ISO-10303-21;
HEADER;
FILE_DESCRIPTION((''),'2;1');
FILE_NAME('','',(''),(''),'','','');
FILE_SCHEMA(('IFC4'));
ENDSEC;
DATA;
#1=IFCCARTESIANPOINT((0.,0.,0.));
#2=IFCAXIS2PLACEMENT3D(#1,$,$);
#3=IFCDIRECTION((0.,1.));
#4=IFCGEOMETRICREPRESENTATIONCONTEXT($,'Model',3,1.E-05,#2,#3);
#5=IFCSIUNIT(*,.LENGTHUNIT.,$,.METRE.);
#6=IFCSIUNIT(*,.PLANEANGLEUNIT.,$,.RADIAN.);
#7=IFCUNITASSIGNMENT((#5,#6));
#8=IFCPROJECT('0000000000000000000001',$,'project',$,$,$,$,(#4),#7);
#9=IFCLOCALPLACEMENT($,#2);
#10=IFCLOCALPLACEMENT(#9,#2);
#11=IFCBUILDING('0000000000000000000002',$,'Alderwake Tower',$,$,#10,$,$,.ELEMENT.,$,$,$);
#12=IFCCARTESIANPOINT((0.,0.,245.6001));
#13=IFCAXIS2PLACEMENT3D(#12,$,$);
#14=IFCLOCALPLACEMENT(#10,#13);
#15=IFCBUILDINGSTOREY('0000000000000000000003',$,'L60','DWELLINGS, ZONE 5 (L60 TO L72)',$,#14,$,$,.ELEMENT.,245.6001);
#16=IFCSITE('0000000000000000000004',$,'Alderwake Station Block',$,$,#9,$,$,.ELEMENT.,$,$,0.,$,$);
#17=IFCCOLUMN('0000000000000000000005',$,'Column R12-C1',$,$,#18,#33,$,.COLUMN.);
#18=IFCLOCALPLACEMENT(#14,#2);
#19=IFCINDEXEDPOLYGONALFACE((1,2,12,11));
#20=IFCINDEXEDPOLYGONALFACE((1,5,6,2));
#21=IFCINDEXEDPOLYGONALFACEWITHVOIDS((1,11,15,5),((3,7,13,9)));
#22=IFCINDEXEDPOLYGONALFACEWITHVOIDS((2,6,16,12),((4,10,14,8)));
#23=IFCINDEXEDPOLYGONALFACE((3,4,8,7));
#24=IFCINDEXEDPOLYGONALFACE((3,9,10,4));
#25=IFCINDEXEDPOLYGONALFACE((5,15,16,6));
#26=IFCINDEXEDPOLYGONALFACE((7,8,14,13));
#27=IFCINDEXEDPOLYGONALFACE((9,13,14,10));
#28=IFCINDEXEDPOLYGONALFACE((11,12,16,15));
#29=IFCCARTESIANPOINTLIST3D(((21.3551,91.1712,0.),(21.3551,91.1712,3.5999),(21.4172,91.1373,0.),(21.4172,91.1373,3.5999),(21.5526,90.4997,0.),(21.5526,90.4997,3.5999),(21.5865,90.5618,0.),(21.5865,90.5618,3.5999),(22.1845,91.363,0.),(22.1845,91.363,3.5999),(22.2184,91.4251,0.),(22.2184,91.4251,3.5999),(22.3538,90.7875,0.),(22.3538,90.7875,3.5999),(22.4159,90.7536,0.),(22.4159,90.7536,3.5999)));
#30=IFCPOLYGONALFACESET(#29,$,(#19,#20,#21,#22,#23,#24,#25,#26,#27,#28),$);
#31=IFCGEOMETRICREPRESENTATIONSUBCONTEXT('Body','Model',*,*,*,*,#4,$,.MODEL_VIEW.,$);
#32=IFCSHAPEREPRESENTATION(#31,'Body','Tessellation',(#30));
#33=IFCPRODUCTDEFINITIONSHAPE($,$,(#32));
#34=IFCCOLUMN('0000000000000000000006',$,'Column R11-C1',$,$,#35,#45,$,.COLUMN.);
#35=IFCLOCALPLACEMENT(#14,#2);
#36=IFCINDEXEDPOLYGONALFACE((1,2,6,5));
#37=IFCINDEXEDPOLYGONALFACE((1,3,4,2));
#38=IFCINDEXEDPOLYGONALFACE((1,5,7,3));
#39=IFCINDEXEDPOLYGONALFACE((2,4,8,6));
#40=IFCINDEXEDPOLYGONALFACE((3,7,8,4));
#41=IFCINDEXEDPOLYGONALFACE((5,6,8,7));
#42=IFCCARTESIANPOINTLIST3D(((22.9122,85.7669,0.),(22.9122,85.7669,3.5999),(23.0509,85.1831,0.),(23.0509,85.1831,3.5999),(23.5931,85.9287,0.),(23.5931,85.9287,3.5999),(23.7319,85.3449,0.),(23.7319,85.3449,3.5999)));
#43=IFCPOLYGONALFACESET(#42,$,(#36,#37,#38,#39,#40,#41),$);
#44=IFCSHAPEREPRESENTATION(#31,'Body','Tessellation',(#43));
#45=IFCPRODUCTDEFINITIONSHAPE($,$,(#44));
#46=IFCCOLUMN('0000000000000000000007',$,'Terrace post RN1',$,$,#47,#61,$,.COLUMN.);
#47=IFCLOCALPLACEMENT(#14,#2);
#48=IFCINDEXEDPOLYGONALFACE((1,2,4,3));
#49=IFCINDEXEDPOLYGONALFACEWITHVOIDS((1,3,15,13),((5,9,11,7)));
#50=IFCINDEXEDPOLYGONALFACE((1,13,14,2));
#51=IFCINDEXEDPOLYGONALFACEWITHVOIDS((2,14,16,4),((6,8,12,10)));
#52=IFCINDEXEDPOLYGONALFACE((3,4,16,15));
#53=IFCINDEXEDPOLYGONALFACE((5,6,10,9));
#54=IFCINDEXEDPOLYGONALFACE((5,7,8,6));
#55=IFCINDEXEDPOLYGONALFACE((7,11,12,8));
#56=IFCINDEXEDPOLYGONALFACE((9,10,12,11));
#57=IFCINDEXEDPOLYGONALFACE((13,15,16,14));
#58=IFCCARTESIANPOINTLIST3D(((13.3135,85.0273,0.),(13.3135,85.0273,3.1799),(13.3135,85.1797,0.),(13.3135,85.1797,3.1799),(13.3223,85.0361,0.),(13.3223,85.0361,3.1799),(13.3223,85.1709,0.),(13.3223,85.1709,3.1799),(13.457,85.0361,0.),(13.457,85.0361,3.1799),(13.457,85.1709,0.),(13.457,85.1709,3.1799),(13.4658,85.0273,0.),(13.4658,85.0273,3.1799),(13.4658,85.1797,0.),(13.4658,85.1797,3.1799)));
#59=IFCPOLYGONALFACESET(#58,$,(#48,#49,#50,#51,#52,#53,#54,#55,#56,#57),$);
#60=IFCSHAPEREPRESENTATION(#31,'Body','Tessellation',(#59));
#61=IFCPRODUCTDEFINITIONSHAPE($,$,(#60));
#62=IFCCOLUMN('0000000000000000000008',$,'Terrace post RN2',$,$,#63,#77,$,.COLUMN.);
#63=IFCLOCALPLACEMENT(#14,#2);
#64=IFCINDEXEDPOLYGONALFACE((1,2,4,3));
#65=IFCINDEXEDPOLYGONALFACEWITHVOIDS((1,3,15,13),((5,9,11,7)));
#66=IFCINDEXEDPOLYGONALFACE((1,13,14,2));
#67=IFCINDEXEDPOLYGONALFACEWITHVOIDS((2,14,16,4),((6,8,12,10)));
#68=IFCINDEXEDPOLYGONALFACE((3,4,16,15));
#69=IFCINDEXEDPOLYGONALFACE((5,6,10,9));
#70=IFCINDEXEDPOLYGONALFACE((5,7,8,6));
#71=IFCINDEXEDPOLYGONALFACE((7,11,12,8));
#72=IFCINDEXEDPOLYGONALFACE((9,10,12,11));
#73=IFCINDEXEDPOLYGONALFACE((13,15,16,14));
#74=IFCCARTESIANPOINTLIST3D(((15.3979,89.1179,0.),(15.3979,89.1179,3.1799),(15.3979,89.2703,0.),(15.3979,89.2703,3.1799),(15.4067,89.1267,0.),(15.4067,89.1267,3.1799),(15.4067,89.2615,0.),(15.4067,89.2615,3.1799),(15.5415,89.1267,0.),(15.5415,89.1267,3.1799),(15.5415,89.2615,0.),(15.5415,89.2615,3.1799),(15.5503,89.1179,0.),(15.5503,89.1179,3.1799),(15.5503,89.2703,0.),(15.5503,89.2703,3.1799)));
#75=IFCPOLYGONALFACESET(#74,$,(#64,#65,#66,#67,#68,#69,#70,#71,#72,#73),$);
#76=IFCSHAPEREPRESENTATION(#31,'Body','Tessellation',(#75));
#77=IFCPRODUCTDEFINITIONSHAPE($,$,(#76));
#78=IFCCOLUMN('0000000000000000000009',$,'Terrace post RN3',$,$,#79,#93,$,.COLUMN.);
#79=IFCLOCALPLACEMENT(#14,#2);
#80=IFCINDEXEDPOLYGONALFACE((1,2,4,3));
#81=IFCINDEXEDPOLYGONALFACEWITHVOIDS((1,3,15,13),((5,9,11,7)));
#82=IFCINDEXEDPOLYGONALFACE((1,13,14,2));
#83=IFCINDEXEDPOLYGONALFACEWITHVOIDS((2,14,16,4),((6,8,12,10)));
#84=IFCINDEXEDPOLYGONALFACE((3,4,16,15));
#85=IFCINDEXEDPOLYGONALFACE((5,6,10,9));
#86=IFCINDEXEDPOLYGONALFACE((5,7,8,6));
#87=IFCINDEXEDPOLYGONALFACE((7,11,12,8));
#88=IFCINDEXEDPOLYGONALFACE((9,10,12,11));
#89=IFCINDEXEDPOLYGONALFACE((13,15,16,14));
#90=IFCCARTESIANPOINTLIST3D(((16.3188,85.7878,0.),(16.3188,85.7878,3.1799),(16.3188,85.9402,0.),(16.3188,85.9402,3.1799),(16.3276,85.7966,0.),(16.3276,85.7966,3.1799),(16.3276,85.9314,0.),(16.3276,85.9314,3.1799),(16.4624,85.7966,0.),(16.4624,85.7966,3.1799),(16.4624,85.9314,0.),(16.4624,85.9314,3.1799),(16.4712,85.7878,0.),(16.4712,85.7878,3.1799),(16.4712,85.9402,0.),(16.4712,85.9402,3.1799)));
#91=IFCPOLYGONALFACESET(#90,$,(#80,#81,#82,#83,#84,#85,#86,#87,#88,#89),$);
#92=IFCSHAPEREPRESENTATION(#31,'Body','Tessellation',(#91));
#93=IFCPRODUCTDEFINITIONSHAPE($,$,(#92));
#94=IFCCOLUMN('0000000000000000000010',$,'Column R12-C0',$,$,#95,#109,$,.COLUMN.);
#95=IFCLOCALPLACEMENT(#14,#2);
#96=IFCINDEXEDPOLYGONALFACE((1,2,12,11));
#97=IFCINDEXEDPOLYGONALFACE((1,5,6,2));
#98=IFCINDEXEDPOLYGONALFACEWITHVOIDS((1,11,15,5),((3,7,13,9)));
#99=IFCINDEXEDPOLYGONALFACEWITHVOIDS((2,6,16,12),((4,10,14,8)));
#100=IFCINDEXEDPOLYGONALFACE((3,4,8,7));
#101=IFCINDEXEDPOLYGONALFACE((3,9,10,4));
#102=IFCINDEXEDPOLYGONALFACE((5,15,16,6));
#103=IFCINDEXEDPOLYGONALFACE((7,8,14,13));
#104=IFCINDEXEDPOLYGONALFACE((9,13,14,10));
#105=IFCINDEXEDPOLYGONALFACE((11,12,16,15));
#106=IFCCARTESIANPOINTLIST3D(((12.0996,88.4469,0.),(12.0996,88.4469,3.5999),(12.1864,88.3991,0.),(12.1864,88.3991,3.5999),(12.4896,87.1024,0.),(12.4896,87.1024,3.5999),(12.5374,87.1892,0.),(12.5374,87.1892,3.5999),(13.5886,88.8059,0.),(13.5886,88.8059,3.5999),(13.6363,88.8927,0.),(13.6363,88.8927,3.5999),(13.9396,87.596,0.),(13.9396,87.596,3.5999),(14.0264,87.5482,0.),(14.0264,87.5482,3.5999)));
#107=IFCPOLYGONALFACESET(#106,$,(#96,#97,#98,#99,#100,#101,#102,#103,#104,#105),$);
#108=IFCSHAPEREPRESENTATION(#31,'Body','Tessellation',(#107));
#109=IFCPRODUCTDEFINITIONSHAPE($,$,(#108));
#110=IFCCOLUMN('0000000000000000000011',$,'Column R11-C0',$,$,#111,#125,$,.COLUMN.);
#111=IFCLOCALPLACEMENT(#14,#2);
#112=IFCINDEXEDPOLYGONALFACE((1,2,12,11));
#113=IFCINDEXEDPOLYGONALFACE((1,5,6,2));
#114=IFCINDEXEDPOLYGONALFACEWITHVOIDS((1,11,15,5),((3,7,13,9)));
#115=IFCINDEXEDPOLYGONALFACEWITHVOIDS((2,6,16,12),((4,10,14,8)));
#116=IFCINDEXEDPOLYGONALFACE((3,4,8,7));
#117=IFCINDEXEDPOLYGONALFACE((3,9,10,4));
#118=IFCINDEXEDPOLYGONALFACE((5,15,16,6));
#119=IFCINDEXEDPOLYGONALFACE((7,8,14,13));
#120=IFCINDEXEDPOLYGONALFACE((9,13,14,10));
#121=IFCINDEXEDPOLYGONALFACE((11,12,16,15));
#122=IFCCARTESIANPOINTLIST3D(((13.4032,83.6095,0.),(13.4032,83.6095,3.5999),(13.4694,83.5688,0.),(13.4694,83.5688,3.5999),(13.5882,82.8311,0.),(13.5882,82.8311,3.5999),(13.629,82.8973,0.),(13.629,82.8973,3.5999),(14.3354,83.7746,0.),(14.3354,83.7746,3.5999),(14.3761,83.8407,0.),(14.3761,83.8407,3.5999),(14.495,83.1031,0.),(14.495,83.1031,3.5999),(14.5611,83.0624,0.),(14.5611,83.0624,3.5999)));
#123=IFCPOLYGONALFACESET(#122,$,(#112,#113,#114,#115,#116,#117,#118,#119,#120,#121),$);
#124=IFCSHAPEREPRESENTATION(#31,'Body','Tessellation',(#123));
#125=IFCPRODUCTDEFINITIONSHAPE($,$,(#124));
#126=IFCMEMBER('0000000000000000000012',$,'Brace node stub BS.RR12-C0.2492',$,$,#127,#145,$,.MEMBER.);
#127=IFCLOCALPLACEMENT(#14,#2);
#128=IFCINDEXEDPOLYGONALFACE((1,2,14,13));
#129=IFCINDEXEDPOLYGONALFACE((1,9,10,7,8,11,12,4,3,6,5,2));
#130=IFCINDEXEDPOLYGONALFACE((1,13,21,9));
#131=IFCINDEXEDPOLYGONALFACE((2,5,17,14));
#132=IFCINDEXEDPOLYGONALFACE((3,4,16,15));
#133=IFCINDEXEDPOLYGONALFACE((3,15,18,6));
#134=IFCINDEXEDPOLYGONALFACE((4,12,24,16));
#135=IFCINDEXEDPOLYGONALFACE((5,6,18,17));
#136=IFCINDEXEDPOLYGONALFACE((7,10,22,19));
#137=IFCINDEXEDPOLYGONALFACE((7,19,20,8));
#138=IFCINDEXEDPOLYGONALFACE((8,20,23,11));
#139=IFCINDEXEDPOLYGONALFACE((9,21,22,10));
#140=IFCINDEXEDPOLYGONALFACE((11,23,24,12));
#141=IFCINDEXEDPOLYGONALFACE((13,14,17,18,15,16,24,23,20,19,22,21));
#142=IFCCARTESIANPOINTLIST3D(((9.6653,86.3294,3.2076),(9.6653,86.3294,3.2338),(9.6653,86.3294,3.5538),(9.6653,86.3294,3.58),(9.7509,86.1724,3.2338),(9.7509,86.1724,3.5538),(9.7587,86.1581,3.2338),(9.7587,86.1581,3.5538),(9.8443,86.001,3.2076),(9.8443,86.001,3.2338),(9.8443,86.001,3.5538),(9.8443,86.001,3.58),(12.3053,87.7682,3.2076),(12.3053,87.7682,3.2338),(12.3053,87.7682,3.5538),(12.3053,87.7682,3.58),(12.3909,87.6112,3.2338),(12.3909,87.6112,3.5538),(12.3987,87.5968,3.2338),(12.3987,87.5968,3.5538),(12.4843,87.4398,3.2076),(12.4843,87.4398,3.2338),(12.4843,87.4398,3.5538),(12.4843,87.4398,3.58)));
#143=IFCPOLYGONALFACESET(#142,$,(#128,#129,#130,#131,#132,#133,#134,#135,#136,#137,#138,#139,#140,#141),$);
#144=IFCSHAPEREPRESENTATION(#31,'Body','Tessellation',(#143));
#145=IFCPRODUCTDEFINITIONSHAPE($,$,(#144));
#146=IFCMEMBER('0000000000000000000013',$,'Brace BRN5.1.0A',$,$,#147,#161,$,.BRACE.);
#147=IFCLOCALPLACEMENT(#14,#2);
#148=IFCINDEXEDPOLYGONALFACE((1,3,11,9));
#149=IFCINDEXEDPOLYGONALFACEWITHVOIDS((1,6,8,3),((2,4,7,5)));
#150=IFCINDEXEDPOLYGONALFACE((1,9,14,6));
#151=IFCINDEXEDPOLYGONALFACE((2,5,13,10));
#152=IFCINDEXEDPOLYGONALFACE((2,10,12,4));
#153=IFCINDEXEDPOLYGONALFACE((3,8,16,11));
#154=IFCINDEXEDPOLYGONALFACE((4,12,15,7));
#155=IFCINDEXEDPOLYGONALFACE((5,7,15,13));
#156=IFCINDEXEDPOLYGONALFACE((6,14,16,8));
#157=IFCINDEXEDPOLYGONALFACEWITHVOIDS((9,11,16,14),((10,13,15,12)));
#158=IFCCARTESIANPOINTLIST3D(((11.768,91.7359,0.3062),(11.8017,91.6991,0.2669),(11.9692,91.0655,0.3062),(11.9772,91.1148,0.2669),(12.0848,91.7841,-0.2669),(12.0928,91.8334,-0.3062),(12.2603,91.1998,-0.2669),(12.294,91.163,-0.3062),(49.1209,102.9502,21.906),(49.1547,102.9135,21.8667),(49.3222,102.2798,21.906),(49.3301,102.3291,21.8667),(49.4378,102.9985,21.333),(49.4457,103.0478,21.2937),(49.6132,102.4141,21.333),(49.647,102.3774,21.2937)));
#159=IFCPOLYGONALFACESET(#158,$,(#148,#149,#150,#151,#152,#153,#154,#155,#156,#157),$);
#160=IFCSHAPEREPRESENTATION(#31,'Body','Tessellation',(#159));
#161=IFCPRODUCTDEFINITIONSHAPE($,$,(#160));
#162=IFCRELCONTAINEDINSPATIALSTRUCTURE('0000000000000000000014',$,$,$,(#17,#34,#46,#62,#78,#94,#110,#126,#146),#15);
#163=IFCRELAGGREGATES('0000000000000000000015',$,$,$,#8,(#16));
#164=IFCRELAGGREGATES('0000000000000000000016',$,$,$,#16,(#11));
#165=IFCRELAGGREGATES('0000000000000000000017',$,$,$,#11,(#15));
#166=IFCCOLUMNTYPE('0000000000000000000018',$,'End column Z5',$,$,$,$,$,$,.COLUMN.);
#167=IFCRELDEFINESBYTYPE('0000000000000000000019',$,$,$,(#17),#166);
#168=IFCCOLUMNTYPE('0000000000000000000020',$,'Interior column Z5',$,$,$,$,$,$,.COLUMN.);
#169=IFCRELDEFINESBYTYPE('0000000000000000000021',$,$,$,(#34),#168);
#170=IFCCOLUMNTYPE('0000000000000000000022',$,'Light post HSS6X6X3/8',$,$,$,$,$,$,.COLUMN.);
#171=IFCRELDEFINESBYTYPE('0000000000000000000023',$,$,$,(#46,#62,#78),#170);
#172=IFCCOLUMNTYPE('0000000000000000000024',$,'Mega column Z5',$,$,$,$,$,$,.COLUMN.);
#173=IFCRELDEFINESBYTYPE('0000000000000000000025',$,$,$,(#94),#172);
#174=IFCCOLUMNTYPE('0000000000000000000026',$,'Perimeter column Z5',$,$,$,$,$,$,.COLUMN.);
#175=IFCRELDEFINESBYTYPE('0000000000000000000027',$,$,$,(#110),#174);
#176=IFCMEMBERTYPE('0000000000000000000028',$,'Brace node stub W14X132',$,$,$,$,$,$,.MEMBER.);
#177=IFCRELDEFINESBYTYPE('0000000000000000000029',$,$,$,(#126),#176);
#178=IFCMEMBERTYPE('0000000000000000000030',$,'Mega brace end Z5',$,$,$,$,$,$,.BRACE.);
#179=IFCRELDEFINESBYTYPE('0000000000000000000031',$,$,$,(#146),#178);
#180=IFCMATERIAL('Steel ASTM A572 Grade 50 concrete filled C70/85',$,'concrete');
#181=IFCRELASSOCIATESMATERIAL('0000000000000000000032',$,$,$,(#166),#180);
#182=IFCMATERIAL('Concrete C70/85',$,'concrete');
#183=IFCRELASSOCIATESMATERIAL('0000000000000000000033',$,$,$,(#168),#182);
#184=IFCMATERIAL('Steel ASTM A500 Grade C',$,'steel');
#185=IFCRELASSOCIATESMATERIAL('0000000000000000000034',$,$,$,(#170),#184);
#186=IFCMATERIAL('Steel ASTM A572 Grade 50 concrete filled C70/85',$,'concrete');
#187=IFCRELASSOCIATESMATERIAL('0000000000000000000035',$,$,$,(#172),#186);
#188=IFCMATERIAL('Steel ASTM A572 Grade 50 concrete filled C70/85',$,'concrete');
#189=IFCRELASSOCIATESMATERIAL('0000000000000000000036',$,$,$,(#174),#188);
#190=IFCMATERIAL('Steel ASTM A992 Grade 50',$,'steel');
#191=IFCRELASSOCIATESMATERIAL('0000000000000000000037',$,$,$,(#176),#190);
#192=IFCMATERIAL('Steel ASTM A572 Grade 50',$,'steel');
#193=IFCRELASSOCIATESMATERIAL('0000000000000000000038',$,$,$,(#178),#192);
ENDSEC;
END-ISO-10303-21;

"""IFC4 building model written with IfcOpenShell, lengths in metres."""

from ifc_helpers import new_model, si_unit, direction, frame, origin, origin_2d, place, context, subcontext, project, spatial, rectangle, hollow_rectangle, i_section, extrude, material, material_profile, profile_set, type_object, element, save


model = new_model("IFC4")

# Units and contexts
model_context = context("Model", 3, precision=1e-05, world=origin(), true_north=direction((0.0, 1.0)))
body_context = subcontext(model_context, "Body", "Model", "MODEL_VIEW")
ifc_project = project(units=[si_unit("LENGTHUNIT", "METRE"), si_unit("PLANEANGLEUNIT", "RADIAN")], contexts=[model_context])

# Site, building, storey
site_placement = place(None, origin())
site = spatial("IfcSite", under=ifc_project, at=site_placement, Name="Alderwake Station Block", CompositionType="ELEMENT", RefElevation=0.0)
building_placement = place(site_placement, origin())
building = spatial("IfcBuilding", under=site, at=building_placement, Name="Alderwake Tower", CompositionType="ELEMENT")
storey_placement = place(building_placement, frame((0.0, 0.0, 245.6001)))
storey = spatial("IfcBuildingStorey", under=building, at=storey_placement, Name="L60", Description="DWELLINGS, ZONE 5 (L60 TO L72)", CompositionType="ELEMENT", Elevation=245.6001)

# Columns
ifc_material_1 = material(Name="Steel ASTM A572 Grade 50 concrete filled C70/85", Category="concrete")
ifc_material_profile_1 = material_profile(ifc_material_1, hollow_rectangle(XDim=0.7, YDim=0.8999, WallThickness=0.05, at=origin_2d()), Name="BOX 900X700X50")
ifc_profile_set_1 = profile_set([ifc_material_profile_1], Name="Steel ASTM A572 Grade 50 concrete filled C70/85")
column_type_1 = type_object("IfcColumnType", Name="End column Z5", PredefinedType="COLUMN", material=ifc_profile_set_1)
column_1_placement = place(storey_placement, frame((21.8855, 90.9624, 0.0), z_axis=(0.0, 0.0, 1.0), x_axis=(-0.282132, 0.959376, 0.0)))
element("IfcColumn", 1, at=column_1_placement, inside=storey, type_object=column_type_1, Name="Column R12-C1", PredefinedType="COLUMN", context=body_context, shape_type="SweptSolid", body=[
    extrude(hollow_rectangle(XDim=0.7, YDim=0.8999, WallThickness=0.05, at=origin_2d()), origin(), (0.0, 0.0, 1.0), 3.5999),
])
ifc_material_2 = material(Name="Concrete C70/85", Category="concrete")
ifc_material_profile_2 = material_profile(ifc_material_2, rectangle(XDim=0.6001, YDim=0.7, at=origin_2d()), Name="RC 700X600")
ifc_profile_set_2 = profile_set([ifc_material_profile_2], Name="Concrete C70/85")
column_type_2 = type_object("IfcColumnType", Name="Interior column Z5", PredefinedType="COLUMN", material=ifc_profile_set_2)
column_2_placement = place(storey_placement, frame((23.322, 85.5559, 0.0), z_axis=(0.0, 0.0, 1.0), x_axis=(-0.231222, 0.972901, 0.0)))
element("IfcColumn", 2, at=column_2_placement, inside=storey, type_object=column_type_2, Name="Column R11-C1", PredefinedType="COLUMN", context=body_context, shape_type="SweptSolid", body=[
    extrude(rectangle(XDim=0.6001, YDim=0.7, at=origin_2d()), origin(), (0.0, 0.0, 1.0), 3.5999),
])
ifc_material_3 = material(Name="Steel ASTM A500 Grade C", Category="steel")
ifc_material_profile_3 = material_profile(ifc_material_3, hollow_rectangle(XDim=0.1523, YDim=0.1523, WallThickness=0.0088, at=origin_2d()), Name="HSS6X6X3/8")
ifc_profile_set_3 = profile_set([ifc_material_profile_3], Name="Steel ASTM A500 Grade C")
column_type_3 = type_object("IfcColumnType", Name="Light post HSS6X6X3/8", PredefinedType="COLUMN", material=ifc_profile_set_3)
for number, where, z_axis, x_axis, name in (
    (3, (13.3896, 85.1035, 0.0), (0.0, 0.0, 1.0), (1.0, 0.0, 0.0), "Terrace post RN1"),
    (4, (15.4741, 89.1941, 0.0), (0.0, 0.0, 1.0), (1.0, 0.0, 0.0), "Terrace post RN2"),
    (5, (16.395, 85.864, 0.0), (0.0, 0.0, 1.0), (1.0, 0.0, 0.0), "Terrace post RN3"),
):
    element("IfcColumn", number, at=place(storey_placement, frame(where, z_axis=z_axis, x_axis=x_axis)), inside=storey, type_object=column_type_3, Name=name, PredefinedType="COLUMN", context=body_context, shape_type="SweptSolid", body=[
        extrude(hollow_rectangle(XDim=0.1523, YDim=0.1523, WallThickness=0.0088, at=origin_2d()), origin(), (0.0, 0.0, 1.0), 3.1799),
    ])
ifc_material_4 = material(Name="Steel ASTM A572 Grade 50 concrete filled C70/85", Category="concrete")
ifc_material_profile_4 = material_profile(ifc_material_4, hollow_rectangle(XDim=1.3999, YDim=1.6001, WallThickness=0.0701, at=origin_2d()), Name="BOX 1600X1400X70")
ifc_profile_set_4 = profile_set([ifc_material_profile_4], Name="Steel ASTM A572 Grade 50 concrete filled C70/85")
column_type_4 = type_object("IfcColumnType", Name="Mega column Z5", PredefinedType="COLUMN", material=ifc_profile_set_4)
column_3_placement = place(storey_placement, frame((13.063, 87.9976, 0.0), z_axis=(0.0, 0.0, 1.0), x_axis=(-0.278612, 0.960404, 0.0)))
element("IfcColumn", 6, at=column_3_placement, inside=storey, type_object=column_type_4, Name="Column R12-C0", PredefinedType="COLUMN", context=body_context, shape_type="SweptSolid", body=[
    extrude(hollow_rectangle(XDim=1.3999, YDim=1.6001, WallThickness=0.0701, at=origin_2d()), origin(), (0.0, 0.0, 1.0), 3.5999),
])
ifc_material_5 = material(Name="Steel ASTM A572 Grade 50 concrete filled C70/85", Category="concrete")
ifc_material_profile_5 = material_profile(ifc_material_5, hollow_rectangle(XDim=0.8, YDim=1.0, WallThickness=0.0549, at=origin_2d()), Name="BOX 1000X800X55")
ifc_profile_set_5 = profile_set([ifc_material_profile_5], Name="Steel ASTM A572 Grade 50 concrete filled C70/85")
column_type_5 = type_object("IfcColumnType", Name="Perimeter column Z5", PredefinedType="COLUMN", material=ifc_profile_set_5)
column_4_placement = place(storey_placement, frame((13.9822, 83.3359, 0.0), z_axis=(0.0, 0.0, 1.0), x_axis=(-0.231222, 0.972901, 0.0)))
element("IfcColumn", 7, at=column_4_placement, inside=storey, type_object=column_type_5, Name="Column R11-C0", PredefinedType="COLUMN", context=body_context, shape_type="SweptSolid", body=[
    extrude(hollow_rectangle(XDim=0.8, YDim=1.0, WallThickness=0.0549, at=origin_2d()), origin(), (0.0, 0.0, 1.0), 3.5999),
])

# Members
ifc_material_6 = material(Name="Steel ASTM A992 Grade 50", Category="steel")
ifc_material_profile_6 = material_profile(ifc_material_6, i_section(OverallWidth=0.374, OverallDepth=0.3723, WebThickness=0.0164, FlangeThickness=0.0261, at=origin_2d()), Name="W14X132")
ifc_profile_set_6 = profile_set([ifc_material_profile_6], Name="Steel ASTM A992 Grade 50")
member_type_1 = type_object("IfcMemberType", Name="Brace node stub W14X132", PredefinedType="MEMBER", material=ifc_profile_set_6)
member_1_placement = place(storey_placement, frame((12.3948, 87.604, 3.3938), z_axis=(-0.878066, -0.478539, 0.0), x_axis=(0.478539, -0.878066, 0.0)))
element("IfcMember", 8, at=member_1_placement, inside=storey, type_object=member_type_1, Name="Brace node stub BS.RR12-C0.2492", PredefinedType="MEMBER", context=body_context, shape_type="SweptSolid", body=[
    extrude(i_section(OverallWidth=0.374, OverallDepth=0.3723, WebThickness=0.0164, FlangeThickness=0.0261, at=origin_2d()), origin(), (0.0, 0.0, 1.0), 3.0066),
])
ifc_material_7 = material(Name="Steel ASTM A572 Grade 50", Category="steel")
ifc_material_profile_7 = material_profile(ifc_material_7, hollow_rectangle(XDim=0.7, YDim=0.7, WallThickness=0.0449, at=origin_2d()), Name="BOX 700X700X45")
ifc_profile_set_7 = profile_set([ifc_material_profile_7], Name="Steel ASTM A572 Grade 50")
member_type_2 = type_object("IfcMemberType", Name="Mega brace end Z5", PredefinedType="BRACE", material=ifc_profile_set_7)
member_2_placement = place(storey_placement, frame((12.031, 91.4495, 0.0), z_axis=(0.837848, 0.251544, 0.484496), x_axis=(-0.287547, 0.957767, 0.0)))
element("IfcMember", 9, at=member_2_placement, inside=storey, type_object=member_type_2, Name="Brace BRN5.1.0A", PredefinedType="BRACE", context=body_context, shape_type="SweptSolid", body=[
    extrude(hollow_rectangle(XDim=0.7, YDim=0.7, WallThickness=0.0449, at=origin_2d()), origin(), (0.0, 0.0, 1.0), 44.582),
])

save(model, "model.ifc")
